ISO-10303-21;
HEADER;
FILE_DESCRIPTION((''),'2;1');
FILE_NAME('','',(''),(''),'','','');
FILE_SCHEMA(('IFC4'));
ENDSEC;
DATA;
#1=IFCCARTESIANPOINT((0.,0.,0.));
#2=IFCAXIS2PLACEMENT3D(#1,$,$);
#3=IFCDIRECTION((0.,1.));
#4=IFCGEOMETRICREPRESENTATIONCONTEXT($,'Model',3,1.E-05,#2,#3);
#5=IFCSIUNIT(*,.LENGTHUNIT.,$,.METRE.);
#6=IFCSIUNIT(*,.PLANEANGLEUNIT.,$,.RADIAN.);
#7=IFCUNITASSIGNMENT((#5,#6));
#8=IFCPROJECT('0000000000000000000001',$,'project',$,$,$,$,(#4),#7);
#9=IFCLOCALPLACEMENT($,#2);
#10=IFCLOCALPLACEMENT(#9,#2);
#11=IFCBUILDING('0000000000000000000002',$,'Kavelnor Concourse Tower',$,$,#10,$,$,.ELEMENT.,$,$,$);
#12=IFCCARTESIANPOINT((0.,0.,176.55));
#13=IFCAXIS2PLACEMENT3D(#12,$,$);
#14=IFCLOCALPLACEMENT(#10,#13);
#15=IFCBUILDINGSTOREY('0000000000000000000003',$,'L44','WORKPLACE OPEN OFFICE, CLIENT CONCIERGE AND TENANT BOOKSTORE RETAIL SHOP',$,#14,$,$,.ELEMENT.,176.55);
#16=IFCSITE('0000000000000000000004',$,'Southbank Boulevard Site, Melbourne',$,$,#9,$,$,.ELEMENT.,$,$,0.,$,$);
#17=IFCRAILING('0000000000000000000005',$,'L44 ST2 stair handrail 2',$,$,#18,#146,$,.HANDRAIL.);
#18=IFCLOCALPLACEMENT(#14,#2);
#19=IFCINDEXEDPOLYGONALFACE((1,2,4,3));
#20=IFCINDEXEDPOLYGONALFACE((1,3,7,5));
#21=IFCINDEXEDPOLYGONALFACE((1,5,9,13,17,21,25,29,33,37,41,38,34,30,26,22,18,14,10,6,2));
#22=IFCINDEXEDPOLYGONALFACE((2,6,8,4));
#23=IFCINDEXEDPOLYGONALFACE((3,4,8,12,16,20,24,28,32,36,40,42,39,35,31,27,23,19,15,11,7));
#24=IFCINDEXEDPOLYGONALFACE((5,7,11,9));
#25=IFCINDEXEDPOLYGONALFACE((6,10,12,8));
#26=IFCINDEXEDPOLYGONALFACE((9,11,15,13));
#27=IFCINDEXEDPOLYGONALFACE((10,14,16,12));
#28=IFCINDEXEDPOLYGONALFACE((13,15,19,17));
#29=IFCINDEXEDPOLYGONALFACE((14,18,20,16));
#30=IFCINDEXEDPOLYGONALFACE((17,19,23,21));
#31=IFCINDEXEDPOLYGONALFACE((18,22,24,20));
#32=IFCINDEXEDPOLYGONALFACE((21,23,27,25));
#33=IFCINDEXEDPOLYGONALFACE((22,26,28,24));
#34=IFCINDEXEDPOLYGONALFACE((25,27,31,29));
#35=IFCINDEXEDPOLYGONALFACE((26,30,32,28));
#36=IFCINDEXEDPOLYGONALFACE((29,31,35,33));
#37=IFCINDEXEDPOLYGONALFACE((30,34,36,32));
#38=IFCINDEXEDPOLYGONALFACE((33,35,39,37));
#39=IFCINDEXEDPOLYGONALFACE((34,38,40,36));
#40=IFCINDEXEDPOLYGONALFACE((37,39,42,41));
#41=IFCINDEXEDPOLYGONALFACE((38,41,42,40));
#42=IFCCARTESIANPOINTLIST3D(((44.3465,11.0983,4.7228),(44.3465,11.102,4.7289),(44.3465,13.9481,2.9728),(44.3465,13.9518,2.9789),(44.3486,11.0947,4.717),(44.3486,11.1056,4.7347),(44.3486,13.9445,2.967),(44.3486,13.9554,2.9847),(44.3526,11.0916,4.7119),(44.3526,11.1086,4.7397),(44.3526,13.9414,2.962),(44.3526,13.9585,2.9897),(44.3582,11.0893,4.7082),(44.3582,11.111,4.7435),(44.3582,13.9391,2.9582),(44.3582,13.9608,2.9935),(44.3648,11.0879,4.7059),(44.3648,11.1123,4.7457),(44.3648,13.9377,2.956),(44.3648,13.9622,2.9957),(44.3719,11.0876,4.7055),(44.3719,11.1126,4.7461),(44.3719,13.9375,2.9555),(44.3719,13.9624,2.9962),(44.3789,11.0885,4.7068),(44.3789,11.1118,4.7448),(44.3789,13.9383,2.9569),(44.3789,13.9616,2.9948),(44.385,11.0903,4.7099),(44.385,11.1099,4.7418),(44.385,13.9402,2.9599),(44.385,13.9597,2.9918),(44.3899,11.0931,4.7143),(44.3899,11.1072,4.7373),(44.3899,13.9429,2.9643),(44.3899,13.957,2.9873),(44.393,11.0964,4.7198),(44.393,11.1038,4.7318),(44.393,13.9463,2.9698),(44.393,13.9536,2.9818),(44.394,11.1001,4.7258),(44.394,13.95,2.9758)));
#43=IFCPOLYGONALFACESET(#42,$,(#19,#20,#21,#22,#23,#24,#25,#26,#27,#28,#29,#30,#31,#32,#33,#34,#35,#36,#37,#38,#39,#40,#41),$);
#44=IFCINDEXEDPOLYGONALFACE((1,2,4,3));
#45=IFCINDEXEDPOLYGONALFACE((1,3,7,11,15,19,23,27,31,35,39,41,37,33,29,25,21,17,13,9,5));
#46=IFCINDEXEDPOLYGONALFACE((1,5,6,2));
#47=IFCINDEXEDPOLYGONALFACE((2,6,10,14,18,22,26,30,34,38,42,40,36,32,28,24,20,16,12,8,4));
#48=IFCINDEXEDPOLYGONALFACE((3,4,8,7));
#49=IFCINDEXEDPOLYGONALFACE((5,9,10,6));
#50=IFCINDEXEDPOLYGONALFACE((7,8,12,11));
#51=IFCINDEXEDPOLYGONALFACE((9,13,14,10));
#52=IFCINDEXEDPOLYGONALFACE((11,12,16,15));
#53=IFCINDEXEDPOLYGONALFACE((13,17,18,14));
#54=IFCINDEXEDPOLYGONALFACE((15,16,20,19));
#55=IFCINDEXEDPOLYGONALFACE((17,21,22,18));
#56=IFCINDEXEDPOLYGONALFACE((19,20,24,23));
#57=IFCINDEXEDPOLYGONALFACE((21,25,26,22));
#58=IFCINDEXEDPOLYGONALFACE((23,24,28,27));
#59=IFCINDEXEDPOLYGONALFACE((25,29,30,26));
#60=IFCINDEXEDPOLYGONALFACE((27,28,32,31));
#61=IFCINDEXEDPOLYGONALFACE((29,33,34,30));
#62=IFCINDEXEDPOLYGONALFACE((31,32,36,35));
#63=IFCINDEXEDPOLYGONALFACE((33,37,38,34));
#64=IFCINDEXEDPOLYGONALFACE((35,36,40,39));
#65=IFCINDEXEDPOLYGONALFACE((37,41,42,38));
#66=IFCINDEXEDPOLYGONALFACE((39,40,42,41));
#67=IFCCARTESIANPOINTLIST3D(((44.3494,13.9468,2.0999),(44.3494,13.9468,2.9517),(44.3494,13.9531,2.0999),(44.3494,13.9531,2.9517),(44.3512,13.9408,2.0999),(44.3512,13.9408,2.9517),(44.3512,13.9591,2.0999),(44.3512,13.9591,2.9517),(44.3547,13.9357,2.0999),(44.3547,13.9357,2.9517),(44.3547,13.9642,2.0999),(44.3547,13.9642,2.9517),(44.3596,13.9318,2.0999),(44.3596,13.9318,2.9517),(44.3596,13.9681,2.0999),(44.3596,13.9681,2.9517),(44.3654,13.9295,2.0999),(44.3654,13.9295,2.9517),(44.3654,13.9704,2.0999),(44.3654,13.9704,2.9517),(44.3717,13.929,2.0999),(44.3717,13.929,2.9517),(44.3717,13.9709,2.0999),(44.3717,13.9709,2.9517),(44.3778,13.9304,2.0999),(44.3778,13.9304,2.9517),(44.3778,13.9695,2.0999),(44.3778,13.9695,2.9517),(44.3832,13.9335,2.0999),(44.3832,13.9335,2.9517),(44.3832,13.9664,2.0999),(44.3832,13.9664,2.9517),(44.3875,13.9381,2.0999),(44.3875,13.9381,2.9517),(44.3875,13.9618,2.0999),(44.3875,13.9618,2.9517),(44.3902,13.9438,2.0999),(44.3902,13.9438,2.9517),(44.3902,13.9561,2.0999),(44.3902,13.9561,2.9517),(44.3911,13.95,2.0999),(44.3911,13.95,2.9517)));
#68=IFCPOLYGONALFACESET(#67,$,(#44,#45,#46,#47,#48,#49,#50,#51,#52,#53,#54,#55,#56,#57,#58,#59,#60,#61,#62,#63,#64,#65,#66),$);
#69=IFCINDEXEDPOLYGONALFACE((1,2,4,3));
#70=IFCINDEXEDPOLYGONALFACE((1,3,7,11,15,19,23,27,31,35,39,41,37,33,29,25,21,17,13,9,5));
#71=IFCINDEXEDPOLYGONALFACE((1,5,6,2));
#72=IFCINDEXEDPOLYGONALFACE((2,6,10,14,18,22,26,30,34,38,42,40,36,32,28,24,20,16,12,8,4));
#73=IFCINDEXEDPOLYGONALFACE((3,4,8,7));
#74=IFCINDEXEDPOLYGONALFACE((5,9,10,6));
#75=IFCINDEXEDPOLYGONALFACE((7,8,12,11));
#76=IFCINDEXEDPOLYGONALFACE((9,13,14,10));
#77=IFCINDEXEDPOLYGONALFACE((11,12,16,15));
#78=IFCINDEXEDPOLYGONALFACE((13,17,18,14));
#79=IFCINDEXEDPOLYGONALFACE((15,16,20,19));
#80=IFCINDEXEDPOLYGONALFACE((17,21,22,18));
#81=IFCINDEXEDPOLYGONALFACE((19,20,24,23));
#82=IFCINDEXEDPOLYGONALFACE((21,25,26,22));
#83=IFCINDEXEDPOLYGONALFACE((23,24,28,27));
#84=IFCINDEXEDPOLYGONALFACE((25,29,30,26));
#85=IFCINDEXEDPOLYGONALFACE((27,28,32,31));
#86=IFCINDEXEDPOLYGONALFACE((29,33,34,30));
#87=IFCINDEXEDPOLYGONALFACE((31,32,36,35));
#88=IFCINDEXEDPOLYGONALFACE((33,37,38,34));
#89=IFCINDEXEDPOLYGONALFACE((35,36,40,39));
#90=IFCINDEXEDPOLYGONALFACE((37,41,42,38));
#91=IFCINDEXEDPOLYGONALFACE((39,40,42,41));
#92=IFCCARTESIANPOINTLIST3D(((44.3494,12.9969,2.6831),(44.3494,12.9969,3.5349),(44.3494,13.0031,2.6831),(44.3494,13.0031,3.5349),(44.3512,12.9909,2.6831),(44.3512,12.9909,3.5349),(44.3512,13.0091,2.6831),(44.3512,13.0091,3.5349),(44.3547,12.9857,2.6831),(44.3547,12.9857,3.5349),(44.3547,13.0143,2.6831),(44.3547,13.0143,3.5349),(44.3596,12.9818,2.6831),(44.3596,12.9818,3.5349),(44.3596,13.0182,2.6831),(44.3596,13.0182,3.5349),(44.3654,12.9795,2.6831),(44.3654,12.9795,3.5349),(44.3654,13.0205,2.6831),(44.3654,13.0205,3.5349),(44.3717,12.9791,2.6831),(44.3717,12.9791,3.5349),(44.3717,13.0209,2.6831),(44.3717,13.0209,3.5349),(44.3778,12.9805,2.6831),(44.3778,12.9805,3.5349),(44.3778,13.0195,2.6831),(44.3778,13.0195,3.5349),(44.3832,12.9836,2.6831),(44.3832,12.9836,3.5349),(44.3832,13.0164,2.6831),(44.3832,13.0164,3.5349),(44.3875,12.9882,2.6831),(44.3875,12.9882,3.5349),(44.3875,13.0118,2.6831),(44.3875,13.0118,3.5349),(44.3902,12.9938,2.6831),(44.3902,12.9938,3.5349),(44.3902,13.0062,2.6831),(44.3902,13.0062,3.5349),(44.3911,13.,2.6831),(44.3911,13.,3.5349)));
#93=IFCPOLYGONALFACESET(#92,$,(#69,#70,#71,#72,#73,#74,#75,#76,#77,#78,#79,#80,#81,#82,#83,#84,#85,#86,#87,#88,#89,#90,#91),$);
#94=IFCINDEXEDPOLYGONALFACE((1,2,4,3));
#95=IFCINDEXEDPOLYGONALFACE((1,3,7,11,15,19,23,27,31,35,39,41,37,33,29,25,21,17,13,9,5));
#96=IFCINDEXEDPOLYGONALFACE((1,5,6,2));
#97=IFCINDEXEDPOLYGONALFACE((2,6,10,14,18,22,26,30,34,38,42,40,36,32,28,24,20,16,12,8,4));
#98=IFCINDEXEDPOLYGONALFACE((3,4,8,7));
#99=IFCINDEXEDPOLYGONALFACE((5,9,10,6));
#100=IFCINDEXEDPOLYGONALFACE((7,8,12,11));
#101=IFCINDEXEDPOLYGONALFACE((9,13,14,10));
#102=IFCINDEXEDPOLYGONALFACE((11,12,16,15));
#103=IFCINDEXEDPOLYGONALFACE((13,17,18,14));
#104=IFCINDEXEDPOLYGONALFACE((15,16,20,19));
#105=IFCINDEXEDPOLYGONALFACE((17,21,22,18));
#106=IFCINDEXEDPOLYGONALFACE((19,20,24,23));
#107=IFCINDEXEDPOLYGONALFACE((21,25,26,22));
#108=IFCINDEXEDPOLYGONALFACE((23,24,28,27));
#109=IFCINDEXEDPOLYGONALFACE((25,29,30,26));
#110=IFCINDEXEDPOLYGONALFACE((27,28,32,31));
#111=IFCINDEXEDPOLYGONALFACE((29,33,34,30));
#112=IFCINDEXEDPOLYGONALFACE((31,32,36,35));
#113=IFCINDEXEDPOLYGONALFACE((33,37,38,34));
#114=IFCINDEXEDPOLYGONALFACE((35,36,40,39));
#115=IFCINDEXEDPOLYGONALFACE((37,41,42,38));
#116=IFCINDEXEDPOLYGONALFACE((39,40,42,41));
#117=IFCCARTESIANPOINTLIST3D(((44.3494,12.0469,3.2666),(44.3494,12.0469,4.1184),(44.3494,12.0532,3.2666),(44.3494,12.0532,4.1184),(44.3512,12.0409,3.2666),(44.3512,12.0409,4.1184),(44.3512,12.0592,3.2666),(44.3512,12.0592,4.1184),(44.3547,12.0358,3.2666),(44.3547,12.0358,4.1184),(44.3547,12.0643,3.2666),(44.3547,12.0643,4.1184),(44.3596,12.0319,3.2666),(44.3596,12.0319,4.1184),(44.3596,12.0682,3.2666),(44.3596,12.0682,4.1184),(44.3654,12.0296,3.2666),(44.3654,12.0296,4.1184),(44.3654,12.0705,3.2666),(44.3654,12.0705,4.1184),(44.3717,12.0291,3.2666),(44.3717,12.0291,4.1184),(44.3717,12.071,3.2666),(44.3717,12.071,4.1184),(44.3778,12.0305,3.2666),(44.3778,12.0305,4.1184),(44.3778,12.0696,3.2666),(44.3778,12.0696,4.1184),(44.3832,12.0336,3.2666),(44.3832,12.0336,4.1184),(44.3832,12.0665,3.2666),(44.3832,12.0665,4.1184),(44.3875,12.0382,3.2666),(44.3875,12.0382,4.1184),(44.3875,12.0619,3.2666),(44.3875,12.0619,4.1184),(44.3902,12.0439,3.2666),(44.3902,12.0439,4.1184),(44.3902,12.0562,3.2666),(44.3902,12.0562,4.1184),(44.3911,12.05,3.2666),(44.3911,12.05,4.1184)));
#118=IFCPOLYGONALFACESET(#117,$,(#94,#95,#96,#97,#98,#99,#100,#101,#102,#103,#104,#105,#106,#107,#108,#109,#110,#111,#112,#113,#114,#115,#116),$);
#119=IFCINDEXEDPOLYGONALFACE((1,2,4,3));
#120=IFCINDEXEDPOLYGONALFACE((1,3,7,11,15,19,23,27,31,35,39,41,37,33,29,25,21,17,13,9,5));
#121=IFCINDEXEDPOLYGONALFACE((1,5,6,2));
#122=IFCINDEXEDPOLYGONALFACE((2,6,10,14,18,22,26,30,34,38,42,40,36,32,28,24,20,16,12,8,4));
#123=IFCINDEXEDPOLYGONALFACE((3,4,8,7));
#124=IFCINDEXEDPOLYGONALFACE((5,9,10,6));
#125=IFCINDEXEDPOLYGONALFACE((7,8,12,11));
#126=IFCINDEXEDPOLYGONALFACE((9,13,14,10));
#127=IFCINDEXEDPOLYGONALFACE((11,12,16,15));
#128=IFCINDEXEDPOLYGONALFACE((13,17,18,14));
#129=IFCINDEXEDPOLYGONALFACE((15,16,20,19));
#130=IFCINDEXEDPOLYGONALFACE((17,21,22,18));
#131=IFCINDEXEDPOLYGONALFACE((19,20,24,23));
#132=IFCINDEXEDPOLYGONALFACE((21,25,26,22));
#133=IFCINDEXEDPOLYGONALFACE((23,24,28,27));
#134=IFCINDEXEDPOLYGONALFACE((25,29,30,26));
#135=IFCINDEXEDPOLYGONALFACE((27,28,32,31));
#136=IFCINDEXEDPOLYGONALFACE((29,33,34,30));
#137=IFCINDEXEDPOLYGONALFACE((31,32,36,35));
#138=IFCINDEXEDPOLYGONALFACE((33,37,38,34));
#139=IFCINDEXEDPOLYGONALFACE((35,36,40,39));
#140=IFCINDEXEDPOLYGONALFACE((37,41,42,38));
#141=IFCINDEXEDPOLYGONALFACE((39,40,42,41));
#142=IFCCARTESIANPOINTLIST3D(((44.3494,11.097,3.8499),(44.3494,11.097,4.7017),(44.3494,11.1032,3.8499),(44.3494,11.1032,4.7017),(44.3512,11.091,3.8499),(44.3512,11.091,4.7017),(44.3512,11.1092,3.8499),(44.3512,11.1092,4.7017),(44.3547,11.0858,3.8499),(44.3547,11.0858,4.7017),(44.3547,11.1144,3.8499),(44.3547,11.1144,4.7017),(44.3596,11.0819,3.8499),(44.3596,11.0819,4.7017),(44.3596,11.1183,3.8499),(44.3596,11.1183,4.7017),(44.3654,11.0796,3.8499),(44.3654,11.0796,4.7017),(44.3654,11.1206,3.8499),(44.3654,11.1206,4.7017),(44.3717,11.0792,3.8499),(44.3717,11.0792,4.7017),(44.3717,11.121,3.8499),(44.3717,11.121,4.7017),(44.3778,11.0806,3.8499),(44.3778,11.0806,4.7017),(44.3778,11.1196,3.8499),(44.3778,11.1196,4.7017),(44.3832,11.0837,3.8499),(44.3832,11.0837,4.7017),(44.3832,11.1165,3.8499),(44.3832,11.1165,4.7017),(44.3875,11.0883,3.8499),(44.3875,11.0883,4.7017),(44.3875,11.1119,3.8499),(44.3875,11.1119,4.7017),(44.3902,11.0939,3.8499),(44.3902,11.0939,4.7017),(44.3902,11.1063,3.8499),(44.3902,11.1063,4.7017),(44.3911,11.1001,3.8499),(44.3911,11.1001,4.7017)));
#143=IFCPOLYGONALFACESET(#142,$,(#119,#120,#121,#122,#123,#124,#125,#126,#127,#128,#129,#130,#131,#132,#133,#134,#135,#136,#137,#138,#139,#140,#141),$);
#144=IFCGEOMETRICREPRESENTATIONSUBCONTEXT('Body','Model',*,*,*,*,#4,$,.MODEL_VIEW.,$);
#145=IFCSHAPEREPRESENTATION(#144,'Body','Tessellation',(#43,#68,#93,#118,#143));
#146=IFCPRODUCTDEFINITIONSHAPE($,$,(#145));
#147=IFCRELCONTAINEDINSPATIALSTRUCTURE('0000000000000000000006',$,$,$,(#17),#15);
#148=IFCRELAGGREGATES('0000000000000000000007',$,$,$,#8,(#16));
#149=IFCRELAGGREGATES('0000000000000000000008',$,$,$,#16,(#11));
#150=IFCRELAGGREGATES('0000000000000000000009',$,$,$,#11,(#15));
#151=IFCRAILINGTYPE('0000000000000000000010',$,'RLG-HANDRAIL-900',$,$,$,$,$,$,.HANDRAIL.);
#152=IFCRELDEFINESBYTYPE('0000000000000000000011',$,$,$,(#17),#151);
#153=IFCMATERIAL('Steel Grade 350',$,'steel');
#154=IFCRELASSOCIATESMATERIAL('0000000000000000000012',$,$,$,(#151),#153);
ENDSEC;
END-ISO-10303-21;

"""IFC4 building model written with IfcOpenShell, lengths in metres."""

from ifc_helpers import new_model, si_unit, direction, frame, origin, origin_2d, place, context, subcontext, project, spatial, circle, extrude, material, type_object, element, save


model = new_model("IFC4")

# Units and contexts
model_context = context("Model", 3, precision=1e-05, world=origin(), true_north=direction((0.0, 1.0)))
body_context = subcontext(model_context, "Body", "Model", "MODEL_VIEW")
ifc_project = project(units=[si_unit("LENGTHUNIT", "METRE"), si_unit("PLANEANGLEUNIT", "RADIAN")], contexts=[model_context])

# Site, building, storey
site_placement = place(None, origin())
site = spatial("IfcSite", under=ifc_project, at=site_placement, Name="Southbank Boulevard Site, Melbourne", CompositionType="ELEMENT", RefElevation=0.0)
building_placement = place(site_placement, origin())
building = spatial("IfcBuilding", under=site, at=building_placement, Name="Kavelnor Concourse Tower", CompositionType="ELEMENT")
storey_placement = place(building_placement, frame((0.0, 0.0, 176.55)))
storey = spatial("IfcBuildingStorey", under=building, at=storey_placement, Name="L44", Description="WORKPLACE OPEN OFFICE, CLIENT CONCIERGE AND TENANT BOOKSTORE RETAIL SHOP", CompositionType="ELEMENT", Elevation=176.55)

# Shared definitions
ifc_material_1 = material(Name="Steel Grade 350", Category="steel")

# Railing
railing_type_1 = type_object("IfcRailingType", Name="RLG-HANDRAIL-900", PredefinedType="HANDRAIL", material=ifc_material_1)
railing_1_placement = place(storey_placement, frame((44.3701, 13.95, 2.0999)))
element("IfcRailing", 1, at=railing_1_placement, inside=storey, type_object=railing_type_1, Name="L44 ST2 stair handrail 2", PredefinedType="HANDRAIL", context=body_context, shape_type="SweptSolid", body=[
    extrude(circle(Radius=0.0239, at=origin_2d()), frame((0.0, 0.0, 0.876), z_axis=(0.0, -0.852159, 0.523283), x_axis=(1.0, 0.0, 0.0)), (0.0, 0.0, 1.0), 3.3442),
    extrude(circle(Radius=0.021, at=origin_2d()), origin(), (0.0, 0.0, 1.0), 0.8518),
    extrude(circle(Radius=0.021, at=origin_2d()), frame((0.0, -0.95, 0.5833)), (0.0, 0.0, 1.0), 0.8518),
    extrude(circle(Radius=0.021, at=origin_2d()), frame((0.0, -1.8999, 1.1667)), (0.0, 0.0, 1.0), 0.8518),
    extrude(circle(Radius=0.021, at=origin_2d()), frame((0.0, -2.8499, 1.75)), (0.0, 0.0, 1.0), 0.8518),
])

save(model, "model.ifc")
